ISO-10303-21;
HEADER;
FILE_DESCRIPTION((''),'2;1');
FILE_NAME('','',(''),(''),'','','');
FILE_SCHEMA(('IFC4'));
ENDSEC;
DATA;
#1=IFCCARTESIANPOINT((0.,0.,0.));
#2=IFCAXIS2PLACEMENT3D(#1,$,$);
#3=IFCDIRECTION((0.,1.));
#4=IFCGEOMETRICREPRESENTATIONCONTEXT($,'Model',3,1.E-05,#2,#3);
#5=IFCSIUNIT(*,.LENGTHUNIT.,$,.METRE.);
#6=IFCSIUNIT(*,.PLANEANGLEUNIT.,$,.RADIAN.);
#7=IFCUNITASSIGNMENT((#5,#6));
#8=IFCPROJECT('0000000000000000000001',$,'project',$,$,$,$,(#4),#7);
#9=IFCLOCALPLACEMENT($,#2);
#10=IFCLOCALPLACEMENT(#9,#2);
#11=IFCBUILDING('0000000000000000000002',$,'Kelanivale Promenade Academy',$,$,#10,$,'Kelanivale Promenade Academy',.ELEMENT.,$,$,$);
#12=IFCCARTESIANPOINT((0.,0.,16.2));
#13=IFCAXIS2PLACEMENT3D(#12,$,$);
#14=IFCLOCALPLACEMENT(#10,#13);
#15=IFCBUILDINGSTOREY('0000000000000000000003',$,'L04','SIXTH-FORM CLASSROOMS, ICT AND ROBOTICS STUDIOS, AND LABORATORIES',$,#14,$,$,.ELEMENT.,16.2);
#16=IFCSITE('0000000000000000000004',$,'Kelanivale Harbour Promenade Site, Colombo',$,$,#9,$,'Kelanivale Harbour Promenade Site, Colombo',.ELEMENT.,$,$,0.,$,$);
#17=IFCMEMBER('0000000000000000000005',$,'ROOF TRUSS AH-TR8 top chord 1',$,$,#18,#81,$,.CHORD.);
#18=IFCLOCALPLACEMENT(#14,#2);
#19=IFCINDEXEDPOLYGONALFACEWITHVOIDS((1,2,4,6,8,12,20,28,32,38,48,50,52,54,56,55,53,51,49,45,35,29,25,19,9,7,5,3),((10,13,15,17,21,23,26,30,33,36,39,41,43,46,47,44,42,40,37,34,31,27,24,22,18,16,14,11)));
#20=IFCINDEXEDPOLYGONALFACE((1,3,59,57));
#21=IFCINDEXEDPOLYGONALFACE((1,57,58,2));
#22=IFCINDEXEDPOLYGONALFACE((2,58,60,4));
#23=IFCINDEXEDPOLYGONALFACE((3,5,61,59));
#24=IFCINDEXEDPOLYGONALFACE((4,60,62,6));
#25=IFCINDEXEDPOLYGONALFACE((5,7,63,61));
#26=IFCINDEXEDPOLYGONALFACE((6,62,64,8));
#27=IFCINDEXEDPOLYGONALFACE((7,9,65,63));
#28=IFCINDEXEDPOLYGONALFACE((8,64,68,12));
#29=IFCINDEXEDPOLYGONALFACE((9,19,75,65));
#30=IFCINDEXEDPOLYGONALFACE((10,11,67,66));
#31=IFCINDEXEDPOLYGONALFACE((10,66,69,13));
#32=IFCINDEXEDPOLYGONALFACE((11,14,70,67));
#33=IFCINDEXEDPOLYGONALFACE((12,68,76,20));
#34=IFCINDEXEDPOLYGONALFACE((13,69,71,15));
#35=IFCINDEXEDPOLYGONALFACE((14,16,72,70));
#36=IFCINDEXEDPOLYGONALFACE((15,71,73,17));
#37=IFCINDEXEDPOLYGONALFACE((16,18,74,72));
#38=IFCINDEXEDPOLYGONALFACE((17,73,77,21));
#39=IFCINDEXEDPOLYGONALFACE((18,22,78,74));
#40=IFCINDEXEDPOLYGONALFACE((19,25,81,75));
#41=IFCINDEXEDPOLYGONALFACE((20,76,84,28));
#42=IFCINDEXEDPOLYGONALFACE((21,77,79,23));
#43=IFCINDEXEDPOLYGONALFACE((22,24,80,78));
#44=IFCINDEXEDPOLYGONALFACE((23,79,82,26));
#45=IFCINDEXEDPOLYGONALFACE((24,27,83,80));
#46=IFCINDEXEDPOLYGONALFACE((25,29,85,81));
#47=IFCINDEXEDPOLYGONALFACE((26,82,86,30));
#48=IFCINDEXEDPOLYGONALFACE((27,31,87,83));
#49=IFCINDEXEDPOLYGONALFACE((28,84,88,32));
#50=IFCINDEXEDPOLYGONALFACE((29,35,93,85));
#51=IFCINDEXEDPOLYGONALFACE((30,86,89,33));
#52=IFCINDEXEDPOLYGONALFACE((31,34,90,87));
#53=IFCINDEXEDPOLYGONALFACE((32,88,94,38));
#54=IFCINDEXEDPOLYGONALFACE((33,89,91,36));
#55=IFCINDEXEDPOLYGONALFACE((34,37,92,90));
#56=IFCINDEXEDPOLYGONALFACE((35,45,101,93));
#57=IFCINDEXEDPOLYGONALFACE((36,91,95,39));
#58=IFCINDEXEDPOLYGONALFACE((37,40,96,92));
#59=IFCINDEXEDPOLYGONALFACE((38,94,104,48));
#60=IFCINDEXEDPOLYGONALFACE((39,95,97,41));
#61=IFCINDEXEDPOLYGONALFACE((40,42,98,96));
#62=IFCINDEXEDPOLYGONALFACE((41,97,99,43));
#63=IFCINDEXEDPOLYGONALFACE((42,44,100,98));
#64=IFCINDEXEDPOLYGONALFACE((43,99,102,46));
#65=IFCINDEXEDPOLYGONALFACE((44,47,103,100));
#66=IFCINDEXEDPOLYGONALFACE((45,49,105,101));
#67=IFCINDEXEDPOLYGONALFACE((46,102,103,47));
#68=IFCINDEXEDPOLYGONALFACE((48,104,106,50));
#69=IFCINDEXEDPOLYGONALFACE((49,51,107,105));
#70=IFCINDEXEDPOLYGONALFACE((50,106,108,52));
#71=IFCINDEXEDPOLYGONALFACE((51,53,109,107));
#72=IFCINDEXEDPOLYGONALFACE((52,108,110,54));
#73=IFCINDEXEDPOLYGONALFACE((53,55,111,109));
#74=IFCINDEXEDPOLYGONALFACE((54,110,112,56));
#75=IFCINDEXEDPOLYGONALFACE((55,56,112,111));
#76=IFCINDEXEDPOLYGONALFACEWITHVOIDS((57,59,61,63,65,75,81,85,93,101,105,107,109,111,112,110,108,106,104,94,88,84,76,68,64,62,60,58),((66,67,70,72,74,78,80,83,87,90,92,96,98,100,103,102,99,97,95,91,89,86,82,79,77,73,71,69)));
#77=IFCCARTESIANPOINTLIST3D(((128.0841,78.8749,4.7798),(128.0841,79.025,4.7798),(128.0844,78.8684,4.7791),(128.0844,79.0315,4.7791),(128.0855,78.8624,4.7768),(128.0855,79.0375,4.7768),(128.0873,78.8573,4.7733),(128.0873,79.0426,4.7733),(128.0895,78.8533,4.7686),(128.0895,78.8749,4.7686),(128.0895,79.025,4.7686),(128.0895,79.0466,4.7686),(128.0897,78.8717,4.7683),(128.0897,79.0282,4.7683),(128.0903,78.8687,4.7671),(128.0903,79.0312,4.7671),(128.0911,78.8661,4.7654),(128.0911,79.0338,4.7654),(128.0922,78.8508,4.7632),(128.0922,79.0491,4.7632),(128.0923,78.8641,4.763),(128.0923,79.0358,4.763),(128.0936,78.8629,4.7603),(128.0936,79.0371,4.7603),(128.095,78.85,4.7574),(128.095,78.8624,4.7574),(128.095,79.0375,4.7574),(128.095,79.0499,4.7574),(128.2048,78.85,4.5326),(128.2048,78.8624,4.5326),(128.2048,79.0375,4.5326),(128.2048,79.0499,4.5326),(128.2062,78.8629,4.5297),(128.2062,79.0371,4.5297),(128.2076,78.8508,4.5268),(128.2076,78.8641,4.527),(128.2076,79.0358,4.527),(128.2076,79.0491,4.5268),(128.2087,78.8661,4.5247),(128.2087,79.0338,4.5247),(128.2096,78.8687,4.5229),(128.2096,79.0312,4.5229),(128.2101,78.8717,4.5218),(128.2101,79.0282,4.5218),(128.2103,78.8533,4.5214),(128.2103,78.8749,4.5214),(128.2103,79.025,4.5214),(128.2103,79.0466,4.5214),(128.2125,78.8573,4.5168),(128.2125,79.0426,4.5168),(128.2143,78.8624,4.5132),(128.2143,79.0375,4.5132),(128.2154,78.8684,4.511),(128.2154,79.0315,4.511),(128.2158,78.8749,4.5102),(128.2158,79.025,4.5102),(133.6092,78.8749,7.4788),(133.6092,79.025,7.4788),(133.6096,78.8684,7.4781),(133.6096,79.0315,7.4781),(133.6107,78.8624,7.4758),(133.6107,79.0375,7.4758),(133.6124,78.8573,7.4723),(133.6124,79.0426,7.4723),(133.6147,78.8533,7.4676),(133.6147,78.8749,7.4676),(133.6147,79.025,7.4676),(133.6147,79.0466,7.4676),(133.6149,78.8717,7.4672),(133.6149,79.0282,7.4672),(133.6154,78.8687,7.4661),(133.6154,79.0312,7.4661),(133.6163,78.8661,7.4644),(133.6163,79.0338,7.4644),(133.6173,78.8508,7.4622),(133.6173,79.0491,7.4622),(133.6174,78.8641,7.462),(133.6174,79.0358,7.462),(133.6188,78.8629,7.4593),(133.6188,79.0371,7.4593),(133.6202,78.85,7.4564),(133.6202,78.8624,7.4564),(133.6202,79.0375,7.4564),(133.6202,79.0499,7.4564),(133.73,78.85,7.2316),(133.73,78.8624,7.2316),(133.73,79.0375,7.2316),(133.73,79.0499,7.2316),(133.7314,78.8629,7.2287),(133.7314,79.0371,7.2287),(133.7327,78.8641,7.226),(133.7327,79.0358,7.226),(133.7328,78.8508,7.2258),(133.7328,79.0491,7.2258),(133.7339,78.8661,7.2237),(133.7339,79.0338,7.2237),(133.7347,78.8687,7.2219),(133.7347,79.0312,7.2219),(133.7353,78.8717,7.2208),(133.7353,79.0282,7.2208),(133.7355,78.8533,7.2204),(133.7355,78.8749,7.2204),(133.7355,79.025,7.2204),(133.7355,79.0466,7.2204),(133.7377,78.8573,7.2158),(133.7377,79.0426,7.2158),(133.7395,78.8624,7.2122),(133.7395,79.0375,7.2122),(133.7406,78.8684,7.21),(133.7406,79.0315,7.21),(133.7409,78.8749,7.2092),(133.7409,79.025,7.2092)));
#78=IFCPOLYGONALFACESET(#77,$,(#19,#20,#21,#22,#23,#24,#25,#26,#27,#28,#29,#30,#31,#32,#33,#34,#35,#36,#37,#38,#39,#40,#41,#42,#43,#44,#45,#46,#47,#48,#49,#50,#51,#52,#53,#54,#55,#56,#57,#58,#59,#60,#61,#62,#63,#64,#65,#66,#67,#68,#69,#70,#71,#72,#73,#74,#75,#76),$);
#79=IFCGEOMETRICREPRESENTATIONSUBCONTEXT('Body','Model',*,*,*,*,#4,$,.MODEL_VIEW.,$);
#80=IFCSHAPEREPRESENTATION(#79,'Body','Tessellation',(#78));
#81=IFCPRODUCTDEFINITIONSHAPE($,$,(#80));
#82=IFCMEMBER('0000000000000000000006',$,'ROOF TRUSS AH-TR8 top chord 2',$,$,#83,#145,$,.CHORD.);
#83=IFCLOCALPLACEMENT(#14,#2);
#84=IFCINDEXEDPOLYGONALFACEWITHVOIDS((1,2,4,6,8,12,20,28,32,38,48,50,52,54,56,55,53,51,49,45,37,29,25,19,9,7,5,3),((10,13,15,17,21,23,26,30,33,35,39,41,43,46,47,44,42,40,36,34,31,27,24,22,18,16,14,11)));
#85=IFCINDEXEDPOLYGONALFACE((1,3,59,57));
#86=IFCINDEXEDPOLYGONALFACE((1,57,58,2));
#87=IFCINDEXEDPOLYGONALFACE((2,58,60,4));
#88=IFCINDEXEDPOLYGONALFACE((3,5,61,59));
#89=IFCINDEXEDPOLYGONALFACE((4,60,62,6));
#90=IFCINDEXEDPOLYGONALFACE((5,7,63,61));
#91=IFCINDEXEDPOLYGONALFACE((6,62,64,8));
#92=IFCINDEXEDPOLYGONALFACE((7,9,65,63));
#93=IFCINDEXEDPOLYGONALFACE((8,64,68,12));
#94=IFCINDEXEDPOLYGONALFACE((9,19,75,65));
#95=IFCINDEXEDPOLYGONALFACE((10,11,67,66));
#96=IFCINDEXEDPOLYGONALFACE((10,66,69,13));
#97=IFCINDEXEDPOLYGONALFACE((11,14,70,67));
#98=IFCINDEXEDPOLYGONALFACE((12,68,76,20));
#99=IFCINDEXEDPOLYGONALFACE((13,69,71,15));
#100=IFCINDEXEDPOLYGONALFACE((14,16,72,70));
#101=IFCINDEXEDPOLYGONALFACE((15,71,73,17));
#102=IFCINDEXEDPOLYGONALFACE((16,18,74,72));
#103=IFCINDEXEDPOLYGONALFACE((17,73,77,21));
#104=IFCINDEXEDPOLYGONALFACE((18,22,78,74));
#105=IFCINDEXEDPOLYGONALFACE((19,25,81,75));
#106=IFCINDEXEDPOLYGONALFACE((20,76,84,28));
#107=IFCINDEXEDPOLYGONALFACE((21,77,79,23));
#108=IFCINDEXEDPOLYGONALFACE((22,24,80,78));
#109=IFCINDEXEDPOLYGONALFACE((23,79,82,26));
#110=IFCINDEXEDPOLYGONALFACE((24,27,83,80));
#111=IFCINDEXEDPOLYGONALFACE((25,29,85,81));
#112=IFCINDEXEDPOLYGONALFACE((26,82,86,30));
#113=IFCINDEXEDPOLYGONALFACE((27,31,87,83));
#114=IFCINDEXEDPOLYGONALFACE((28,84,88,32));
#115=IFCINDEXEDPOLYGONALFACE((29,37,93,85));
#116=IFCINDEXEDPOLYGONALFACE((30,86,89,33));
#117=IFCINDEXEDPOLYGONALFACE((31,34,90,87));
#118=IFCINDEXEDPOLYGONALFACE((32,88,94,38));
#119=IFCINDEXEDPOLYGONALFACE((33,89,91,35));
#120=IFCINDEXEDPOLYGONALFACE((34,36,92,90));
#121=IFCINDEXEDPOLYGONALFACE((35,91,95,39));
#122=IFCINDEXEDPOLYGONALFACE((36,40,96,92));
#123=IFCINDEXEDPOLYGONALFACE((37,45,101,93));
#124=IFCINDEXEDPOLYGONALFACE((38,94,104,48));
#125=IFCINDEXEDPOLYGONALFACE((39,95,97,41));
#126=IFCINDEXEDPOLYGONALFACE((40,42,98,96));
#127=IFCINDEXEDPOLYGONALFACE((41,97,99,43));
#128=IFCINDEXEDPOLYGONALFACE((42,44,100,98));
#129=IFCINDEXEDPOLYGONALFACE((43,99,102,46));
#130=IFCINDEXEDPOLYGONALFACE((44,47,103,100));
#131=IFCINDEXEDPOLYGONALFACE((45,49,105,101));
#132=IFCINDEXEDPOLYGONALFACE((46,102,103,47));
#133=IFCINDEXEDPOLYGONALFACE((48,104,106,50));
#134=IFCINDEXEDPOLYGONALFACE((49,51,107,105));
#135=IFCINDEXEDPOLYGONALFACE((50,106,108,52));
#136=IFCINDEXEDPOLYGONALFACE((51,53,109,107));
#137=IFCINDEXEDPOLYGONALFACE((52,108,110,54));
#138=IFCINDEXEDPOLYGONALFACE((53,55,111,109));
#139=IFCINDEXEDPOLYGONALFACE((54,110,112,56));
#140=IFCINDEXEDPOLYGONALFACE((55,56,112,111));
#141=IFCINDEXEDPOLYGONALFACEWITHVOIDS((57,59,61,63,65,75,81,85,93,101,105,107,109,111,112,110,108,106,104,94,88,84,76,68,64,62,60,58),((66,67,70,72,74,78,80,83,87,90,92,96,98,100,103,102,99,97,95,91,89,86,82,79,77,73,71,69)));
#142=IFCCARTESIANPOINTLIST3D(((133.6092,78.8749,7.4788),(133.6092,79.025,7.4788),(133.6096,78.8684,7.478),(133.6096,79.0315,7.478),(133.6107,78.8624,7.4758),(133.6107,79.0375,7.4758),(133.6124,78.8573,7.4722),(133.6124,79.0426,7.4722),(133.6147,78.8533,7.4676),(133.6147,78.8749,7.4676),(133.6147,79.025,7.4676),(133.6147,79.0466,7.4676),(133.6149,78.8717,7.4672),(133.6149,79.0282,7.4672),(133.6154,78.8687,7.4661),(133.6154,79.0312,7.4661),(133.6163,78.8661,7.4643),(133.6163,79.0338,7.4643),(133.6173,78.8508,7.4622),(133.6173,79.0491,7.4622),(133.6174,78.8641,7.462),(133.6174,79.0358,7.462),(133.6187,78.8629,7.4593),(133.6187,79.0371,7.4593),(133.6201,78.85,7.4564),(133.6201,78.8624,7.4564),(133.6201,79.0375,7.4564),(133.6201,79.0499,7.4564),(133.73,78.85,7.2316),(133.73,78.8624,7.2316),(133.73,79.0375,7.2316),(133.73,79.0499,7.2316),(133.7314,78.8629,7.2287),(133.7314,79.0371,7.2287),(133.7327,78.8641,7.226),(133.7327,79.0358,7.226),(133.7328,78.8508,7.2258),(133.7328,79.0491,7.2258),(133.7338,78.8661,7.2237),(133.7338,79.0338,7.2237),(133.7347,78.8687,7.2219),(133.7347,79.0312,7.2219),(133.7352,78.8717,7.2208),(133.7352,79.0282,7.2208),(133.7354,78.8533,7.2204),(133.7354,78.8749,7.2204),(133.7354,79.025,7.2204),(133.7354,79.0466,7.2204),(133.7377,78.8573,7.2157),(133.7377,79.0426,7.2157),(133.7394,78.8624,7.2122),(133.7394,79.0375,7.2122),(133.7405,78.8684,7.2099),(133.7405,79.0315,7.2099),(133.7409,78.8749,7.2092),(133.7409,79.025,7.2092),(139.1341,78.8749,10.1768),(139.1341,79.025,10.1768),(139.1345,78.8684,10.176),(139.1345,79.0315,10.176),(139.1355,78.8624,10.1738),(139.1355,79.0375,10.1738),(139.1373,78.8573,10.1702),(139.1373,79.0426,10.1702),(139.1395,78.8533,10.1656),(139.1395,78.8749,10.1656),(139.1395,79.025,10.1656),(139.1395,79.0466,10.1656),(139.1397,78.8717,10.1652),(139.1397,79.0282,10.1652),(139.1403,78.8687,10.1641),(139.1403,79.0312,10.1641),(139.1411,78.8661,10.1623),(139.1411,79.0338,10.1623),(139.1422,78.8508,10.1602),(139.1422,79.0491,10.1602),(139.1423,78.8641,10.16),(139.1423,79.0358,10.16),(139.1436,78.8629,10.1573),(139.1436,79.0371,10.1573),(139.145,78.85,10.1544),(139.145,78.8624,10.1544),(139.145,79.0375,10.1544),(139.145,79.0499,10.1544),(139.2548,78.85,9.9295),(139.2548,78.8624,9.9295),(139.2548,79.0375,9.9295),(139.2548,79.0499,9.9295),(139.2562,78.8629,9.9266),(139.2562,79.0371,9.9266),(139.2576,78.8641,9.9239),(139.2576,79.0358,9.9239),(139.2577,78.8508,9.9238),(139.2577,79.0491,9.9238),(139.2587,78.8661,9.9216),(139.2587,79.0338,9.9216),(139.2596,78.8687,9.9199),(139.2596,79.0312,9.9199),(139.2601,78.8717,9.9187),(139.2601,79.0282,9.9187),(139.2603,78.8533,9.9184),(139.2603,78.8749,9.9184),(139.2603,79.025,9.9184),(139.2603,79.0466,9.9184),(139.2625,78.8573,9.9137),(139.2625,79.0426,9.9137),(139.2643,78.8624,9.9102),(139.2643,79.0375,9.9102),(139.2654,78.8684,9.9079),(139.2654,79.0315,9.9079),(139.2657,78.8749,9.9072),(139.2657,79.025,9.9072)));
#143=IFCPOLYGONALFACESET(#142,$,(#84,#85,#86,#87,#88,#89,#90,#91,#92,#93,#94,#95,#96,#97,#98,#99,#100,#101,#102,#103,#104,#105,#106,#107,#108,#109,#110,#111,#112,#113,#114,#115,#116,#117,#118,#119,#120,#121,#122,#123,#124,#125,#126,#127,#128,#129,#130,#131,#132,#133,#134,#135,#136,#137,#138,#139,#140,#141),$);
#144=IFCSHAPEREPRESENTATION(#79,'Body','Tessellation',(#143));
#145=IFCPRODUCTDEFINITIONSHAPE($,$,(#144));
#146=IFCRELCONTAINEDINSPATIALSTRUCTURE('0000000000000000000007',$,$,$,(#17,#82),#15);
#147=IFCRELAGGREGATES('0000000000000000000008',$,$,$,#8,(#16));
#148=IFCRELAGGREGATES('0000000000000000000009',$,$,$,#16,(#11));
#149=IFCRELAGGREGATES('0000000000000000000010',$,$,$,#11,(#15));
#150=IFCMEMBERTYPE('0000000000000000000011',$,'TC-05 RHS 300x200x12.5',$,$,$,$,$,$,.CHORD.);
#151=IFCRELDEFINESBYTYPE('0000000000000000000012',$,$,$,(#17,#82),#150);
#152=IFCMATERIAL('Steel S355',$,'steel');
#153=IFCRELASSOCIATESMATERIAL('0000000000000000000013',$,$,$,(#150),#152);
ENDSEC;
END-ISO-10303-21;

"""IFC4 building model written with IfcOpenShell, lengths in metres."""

from ifc_helpers import new_model, si_unit, direction, frame, origin, origin_2d, place, context, subcontext, project, spatial, hollow_rectangle, extrude, material, material_profile, profile_set, type_object, element, save


model = new_model("IFC4")

# Units and contexts
model_context = context("Model", 3, precision=1e-05, world=origin(), true_north=direction((0.0, 1.0)))
body_context = subcontext(model_context, "Body", "Model", "MODEL_VIEW")
ifc_project = project(units=[si_unit("LENGTHUNIT", "METRE"), si_unit("PLANEANGLEUNIT", "RADIAN")], contexts=[model_context])

# Site, building, storey
site_placement = place(None, origin())
site = spatial("IfcSite", under=ifc_project, at=site_placement, Name="Kelanivale Harbour Promenade Site, Colombo", LongName="Kelanivale Harbour Promenade Site, Colombo", CompositionType="ELEMENT", RefElevation=0.0)
building_placement = place(site_placement, origin())
building = spatial("IfcBuilding", under=site, at=building_placement, Name="Kelanivale Promenade Academy", LongName="Kelanivale Promenade Academy", CompositionType="ELEMENT")
storey_placement = place(building_placement, frame((0.0, 0.0, 16.2)))
storey = spatial("IfcBuildingStorey", under=building, at=storey_placement, Name="L04", Description="SIXTH-FORM CLASSROOMS, ICT AND ROBOTICS STUDIOS, AND LABORATORIES", CompositionType="ELEMENT", Elevation=16.2)

# Members
ifc_material_1 = material(Name="Steel S355", Category="steel")
ifc_material_profile_1 = material_profile(ifc_material_1, hollow_rectangle(XDim=0.2, YDim=0.3, WallThickness=0.0125, InnerFilletRadius=0.0125, OuterFilletRadius=0.0249, at=origin_2d()), Name="RHS 300x200x12.5")
ifc_profile_set_1 = profile_set([ifc_material_profile_1], Name="Steel S355")
member_type_1 = type_object("IfcMemberType", Name="TC-05 RHS 300x200x12.5", PredefinedType="CHORD", material=ifc_profile_set_1)
member_1_placement = place(storey_placement, frame((128.1499, 78.95, 4.645), z_axis=(0.898526, 0.0, 0.43892), x_axis=(0.0, 1.0, 0.0)))
element("IfcMember", 1, at=member_1_placement, inside=storey, type_object=member_type_1, Name="ROOF TRUSS AH-TR8 top chord 1", PredefinedType="CHORD", context=body_context, shape_type="SweptSolid", body=[
    extrude(hollow_rectangle(XDim=0.2, YDim=0.3, WallThickness=0.0125, InnerFilletRadius=0.0125, OuterFilletRadius=0.0249, at=origin_2d()), origin(), (0.0, 0.0, 1.0), 6.1492),
])
member_2_placement = place(storey_placement, frame((133.675, 78.95, 7.344), z_axis=(0.898581, 0.0, 0.438808), x_axis=(0.0, 1.0, 0.0)))
element("IfcMember", 2, at=member_2_placement, inside=storey, type_object=member_type_1, Name="ROOF TRUSS AH-TR8 top chord 2", PredefinedType="CHORD", context=body_context, shape_type="SweptSolid", body=[
    extrude(hollow_rectangle(XDim=0.2, YDim=0.3, WallThickness=0.0125, InnerFilletRadius=0.0125, OuterFilletRadius=0.0249, at=origin_2d()), origin(), (0.0, 0.0, 1.0), 6.1484),
])

save(model, "model.ifc")
